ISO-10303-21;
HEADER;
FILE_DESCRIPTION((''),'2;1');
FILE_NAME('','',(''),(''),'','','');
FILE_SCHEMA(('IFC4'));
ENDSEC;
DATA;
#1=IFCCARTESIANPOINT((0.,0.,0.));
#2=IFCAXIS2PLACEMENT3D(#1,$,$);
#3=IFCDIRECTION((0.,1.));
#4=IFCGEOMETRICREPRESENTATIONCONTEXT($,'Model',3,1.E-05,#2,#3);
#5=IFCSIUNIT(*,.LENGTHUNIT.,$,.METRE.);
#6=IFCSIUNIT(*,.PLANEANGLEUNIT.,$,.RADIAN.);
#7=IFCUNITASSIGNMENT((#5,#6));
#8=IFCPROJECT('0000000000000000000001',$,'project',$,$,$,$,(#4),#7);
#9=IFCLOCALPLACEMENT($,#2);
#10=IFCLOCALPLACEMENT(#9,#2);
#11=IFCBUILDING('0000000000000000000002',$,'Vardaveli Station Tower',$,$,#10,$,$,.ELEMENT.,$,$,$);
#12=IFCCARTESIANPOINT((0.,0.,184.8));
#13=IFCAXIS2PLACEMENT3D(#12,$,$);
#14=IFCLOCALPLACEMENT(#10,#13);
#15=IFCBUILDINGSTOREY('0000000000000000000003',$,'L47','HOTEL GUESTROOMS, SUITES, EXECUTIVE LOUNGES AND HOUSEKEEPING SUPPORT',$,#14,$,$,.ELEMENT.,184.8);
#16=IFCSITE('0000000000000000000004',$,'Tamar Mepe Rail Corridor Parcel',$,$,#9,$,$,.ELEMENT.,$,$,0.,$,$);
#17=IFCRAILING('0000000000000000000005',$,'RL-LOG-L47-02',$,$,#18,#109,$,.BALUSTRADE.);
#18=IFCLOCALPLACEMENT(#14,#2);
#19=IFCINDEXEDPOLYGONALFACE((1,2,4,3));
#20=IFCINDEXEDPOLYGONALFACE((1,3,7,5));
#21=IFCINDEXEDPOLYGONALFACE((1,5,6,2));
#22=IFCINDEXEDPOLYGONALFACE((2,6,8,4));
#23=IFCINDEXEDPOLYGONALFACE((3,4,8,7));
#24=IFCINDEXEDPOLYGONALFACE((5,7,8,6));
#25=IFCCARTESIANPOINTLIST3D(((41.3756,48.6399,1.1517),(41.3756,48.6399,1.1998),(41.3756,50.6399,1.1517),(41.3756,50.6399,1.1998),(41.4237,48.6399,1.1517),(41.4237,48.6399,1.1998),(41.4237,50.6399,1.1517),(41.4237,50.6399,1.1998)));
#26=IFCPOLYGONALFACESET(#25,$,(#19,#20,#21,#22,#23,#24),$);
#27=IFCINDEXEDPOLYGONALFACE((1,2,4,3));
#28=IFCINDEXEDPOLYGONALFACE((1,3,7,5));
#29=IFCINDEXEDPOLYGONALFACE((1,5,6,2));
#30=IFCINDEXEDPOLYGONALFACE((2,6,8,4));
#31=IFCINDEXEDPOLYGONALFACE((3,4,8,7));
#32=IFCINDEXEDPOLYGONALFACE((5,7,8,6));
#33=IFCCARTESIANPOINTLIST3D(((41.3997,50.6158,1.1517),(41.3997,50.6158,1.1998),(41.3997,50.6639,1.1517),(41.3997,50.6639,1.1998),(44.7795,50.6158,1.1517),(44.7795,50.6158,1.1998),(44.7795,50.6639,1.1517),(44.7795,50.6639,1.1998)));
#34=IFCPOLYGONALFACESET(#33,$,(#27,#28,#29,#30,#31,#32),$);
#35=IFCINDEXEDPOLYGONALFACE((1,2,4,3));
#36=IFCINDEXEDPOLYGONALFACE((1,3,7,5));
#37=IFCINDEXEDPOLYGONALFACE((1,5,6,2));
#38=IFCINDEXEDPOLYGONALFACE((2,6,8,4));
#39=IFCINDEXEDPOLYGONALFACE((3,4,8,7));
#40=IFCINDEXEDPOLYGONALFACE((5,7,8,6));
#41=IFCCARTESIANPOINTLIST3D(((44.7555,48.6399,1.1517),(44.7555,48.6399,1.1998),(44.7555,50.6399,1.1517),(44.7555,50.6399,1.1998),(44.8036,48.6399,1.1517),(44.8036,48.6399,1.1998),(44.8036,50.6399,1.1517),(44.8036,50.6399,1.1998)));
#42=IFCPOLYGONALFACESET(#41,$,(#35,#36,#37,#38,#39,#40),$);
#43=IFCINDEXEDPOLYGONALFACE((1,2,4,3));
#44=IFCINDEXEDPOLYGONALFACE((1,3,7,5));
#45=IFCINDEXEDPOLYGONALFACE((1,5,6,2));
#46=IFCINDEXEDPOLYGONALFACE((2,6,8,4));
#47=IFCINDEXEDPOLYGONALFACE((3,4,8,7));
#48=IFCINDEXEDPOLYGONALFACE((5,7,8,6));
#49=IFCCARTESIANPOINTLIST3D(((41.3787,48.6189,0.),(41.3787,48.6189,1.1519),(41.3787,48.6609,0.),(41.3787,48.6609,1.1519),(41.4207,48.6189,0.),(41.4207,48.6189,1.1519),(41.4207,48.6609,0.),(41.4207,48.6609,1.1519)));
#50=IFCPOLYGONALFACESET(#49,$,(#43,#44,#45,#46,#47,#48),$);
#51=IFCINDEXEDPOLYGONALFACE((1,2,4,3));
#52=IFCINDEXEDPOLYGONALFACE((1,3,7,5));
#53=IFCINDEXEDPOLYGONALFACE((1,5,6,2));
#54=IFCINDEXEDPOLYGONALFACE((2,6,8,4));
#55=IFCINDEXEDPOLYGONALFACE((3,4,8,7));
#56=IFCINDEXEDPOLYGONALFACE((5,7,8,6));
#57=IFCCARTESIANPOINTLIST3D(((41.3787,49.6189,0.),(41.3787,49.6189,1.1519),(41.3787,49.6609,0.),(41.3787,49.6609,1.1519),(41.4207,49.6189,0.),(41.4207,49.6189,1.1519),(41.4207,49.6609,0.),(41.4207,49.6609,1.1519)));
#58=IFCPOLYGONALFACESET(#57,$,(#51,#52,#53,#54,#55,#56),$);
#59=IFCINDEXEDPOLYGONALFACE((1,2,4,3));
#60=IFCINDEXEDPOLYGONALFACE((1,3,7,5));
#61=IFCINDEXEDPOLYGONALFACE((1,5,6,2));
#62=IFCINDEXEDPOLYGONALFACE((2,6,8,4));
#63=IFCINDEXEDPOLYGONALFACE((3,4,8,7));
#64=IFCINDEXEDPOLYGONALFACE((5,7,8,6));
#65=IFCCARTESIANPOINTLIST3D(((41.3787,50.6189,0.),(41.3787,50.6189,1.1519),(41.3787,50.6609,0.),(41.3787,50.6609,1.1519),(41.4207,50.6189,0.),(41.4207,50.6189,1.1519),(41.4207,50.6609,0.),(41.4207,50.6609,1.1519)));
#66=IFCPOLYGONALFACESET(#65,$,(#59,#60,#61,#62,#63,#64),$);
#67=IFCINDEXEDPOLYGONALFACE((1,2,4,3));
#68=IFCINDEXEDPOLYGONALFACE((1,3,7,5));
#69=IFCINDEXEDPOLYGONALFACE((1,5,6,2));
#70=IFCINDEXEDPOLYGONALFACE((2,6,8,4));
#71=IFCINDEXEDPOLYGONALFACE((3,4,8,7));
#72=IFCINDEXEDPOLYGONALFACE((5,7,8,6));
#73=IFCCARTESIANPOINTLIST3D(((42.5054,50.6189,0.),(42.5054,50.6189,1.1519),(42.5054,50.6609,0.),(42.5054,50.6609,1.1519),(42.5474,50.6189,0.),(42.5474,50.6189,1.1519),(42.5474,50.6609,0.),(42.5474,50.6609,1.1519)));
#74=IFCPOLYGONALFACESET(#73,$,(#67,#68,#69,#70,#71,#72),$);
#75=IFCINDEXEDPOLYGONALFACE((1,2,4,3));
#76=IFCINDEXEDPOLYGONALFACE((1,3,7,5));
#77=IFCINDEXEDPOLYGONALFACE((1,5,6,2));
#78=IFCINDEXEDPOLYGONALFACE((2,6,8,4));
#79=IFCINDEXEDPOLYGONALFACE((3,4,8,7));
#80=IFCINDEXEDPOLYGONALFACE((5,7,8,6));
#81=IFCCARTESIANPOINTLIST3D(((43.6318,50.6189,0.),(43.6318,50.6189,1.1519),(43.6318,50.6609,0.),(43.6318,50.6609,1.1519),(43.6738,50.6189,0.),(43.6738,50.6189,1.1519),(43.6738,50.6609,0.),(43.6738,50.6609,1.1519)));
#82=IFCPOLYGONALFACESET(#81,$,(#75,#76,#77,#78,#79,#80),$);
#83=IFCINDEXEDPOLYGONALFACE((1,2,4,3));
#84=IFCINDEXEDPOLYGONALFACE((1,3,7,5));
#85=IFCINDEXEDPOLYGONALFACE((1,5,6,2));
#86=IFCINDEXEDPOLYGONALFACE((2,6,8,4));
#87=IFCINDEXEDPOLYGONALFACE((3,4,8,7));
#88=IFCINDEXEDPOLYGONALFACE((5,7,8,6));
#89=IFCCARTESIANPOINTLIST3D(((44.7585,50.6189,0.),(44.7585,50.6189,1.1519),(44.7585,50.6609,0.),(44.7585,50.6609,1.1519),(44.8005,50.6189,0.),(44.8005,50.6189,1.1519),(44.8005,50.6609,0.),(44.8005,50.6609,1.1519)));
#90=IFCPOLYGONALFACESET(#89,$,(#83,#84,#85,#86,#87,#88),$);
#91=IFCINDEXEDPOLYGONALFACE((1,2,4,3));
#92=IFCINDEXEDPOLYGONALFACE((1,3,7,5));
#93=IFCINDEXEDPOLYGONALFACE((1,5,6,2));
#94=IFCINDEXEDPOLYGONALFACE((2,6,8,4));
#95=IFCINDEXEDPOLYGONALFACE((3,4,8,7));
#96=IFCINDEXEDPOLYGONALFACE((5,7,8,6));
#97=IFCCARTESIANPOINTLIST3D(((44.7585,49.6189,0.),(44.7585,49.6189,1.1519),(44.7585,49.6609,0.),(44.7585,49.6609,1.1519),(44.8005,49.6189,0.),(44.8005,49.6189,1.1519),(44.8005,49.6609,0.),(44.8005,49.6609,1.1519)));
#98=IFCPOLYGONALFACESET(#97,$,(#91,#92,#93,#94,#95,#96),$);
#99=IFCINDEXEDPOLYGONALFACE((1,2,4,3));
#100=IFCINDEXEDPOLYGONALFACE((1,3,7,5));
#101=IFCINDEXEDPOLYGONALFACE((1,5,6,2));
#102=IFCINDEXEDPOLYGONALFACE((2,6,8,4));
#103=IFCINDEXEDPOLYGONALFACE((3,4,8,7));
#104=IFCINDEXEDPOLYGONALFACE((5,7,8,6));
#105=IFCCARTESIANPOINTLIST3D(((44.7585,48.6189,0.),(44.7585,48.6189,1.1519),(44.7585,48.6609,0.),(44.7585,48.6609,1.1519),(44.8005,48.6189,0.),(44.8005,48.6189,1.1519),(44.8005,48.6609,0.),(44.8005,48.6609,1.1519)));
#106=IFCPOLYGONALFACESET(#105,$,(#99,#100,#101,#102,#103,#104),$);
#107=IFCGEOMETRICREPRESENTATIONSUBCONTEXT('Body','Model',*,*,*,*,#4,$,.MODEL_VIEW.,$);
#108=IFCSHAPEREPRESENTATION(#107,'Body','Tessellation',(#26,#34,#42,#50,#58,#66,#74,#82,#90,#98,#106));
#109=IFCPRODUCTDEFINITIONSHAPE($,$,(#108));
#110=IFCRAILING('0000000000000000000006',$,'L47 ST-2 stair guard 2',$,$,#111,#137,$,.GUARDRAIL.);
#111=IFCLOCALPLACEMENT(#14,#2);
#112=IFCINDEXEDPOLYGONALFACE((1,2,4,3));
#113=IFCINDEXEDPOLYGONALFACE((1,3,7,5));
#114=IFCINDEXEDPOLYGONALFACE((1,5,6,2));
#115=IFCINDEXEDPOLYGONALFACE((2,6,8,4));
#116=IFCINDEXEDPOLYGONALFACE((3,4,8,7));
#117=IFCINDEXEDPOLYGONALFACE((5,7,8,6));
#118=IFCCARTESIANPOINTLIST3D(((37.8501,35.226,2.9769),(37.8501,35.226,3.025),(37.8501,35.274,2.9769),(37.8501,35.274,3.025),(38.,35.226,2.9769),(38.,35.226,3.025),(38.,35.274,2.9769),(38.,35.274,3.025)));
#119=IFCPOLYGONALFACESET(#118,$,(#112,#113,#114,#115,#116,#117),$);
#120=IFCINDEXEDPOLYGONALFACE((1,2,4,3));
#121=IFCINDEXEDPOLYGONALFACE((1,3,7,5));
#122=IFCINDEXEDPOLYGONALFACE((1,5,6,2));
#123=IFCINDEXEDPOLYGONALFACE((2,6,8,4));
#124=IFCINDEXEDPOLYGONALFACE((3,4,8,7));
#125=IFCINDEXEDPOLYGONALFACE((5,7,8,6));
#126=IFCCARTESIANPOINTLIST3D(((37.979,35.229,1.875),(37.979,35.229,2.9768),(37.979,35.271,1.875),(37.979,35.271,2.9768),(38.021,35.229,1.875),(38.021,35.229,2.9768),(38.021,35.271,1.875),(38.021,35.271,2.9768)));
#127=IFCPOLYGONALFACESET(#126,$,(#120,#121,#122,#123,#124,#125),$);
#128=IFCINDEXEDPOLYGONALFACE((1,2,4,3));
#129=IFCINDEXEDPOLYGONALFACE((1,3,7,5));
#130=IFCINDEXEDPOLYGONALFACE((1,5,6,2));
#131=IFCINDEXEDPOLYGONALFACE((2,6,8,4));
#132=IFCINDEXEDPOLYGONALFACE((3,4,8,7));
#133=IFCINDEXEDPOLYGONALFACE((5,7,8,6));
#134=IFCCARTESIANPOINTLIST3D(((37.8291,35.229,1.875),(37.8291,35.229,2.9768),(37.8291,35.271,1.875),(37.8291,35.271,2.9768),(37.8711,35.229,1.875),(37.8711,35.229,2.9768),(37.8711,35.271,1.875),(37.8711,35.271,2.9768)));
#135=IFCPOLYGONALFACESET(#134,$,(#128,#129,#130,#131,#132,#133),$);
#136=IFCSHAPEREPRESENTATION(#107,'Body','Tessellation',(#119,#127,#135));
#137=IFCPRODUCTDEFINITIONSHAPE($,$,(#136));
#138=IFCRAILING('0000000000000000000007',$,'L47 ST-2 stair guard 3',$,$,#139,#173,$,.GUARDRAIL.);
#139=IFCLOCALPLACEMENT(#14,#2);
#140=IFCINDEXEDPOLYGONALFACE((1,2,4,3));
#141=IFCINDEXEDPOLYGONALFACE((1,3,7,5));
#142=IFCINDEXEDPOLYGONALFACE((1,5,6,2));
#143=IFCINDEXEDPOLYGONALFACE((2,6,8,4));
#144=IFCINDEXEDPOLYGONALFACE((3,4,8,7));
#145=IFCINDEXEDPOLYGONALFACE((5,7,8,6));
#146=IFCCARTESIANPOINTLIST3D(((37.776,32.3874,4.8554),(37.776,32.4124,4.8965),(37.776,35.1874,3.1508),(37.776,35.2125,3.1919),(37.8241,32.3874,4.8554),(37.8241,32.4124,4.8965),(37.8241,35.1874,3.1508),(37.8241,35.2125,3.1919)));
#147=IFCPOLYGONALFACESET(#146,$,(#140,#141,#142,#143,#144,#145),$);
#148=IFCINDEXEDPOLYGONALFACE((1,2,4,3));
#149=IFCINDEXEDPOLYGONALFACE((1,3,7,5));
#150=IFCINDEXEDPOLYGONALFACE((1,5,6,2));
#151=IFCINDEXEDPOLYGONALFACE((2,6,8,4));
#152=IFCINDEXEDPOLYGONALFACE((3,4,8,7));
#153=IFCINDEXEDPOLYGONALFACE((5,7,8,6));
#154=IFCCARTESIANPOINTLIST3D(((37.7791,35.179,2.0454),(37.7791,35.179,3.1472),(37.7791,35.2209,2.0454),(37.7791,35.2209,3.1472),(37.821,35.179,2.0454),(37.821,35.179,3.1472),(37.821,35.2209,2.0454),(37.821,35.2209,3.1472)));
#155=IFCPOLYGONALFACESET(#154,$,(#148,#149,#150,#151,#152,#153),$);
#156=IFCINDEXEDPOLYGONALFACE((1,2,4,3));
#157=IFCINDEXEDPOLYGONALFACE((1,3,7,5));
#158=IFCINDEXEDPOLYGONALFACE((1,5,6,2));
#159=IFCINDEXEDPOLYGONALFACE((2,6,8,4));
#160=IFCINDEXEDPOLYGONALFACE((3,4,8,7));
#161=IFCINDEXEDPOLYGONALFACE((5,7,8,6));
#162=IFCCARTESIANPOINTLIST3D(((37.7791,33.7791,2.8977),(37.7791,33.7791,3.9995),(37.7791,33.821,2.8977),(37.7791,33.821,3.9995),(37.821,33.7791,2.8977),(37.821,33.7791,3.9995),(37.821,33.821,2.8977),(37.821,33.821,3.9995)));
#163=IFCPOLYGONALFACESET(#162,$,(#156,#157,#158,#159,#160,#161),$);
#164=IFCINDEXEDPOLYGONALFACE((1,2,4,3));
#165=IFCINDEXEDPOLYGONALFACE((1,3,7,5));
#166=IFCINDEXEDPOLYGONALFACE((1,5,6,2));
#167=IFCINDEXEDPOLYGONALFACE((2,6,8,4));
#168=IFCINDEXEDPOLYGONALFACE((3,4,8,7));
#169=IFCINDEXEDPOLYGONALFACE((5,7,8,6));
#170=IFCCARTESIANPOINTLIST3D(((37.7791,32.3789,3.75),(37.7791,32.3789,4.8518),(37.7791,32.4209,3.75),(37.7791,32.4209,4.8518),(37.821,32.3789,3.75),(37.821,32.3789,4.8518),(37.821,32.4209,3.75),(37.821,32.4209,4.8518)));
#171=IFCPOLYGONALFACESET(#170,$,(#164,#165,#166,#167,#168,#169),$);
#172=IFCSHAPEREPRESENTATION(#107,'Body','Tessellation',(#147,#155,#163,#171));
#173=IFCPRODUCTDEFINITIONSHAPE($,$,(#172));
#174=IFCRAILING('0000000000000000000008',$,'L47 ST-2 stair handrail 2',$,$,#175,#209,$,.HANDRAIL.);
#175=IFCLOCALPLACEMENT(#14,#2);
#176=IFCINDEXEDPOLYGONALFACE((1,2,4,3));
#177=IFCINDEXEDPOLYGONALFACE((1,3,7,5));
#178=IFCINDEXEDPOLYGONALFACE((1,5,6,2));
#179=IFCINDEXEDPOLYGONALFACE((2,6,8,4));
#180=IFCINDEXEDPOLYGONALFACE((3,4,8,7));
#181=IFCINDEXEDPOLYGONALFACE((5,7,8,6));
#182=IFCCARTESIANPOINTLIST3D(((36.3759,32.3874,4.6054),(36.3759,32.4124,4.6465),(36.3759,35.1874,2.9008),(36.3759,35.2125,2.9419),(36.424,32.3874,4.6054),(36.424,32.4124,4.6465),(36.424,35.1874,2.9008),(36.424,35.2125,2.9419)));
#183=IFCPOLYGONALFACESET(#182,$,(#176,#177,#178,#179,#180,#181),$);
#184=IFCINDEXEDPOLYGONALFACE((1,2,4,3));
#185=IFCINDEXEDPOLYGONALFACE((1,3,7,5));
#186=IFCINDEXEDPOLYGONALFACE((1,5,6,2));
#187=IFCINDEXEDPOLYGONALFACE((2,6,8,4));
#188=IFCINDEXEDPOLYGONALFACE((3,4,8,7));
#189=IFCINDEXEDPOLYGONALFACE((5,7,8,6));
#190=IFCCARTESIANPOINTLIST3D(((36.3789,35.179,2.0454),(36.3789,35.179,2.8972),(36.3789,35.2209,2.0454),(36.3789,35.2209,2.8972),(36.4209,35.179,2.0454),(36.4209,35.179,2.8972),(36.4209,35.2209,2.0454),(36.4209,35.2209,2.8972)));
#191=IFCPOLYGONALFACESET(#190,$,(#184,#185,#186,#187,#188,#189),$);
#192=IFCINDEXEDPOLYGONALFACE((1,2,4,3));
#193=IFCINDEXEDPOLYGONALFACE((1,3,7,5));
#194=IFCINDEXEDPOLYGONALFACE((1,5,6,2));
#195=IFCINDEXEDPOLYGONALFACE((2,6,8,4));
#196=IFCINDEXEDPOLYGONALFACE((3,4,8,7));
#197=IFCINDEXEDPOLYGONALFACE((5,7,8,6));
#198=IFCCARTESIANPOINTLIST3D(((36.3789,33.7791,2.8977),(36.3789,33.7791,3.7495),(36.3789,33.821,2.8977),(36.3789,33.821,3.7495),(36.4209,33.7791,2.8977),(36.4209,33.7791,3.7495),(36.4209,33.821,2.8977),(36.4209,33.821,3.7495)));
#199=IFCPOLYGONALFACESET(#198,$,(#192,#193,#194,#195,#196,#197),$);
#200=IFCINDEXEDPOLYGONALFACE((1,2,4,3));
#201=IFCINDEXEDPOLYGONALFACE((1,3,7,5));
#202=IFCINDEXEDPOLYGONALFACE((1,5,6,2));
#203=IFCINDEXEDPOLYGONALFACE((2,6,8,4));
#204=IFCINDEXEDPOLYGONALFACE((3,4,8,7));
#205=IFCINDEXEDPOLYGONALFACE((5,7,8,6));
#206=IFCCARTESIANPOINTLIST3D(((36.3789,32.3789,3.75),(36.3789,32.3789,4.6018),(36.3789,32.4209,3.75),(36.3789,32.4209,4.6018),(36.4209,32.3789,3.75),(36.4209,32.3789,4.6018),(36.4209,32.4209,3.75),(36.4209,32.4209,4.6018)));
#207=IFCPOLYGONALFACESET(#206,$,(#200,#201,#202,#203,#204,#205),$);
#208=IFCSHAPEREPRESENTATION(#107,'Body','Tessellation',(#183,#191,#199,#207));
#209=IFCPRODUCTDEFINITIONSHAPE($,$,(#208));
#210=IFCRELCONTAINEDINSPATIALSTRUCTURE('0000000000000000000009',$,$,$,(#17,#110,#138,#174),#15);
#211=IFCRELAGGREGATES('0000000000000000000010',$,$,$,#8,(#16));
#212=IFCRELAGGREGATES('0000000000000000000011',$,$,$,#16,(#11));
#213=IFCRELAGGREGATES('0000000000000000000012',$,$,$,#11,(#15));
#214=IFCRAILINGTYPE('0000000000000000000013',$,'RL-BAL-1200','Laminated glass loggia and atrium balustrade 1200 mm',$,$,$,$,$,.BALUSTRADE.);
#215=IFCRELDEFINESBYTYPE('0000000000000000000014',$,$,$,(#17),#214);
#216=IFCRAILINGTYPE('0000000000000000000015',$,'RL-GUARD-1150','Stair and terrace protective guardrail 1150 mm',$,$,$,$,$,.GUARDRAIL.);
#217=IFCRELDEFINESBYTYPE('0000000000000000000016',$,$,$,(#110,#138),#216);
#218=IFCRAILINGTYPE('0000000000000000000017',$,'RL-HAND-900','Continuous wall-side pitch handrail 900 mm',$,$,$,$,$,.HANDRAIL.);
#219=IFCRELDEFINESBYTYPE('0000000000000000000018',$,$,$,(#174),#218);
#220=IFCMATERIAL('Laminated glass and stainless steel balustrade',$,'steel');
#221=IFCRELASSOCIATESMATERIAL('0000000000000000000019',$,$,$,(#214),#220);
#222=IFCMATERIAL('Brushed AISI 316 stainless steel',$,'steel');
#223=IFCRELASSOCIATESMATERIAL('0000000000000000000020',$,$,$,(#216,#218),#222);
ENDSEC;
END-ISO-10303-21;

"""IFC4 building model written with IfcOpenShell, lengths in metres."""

from ifc_helpers import new_model, si_unit, direction, frame, origin, origin_2d, place, context, subcontext, project, spatial, rectangle, extrude, source, transform, mapped, material, type_object, element, save


model = new_model("IFC4")

# Units and contexts
model_context = context("Model", 3, precision=1e-05, world=origin(), true_north=direction((0.0, 1.0)))
body_context = subcontext(model_context, "Body", "Model", "MODEL_VIEW")
ifc_project = project(units=[si_unit("LENGTHUNIT", "METRE"), si_unit("PLANEANGLEUNIT", "RADIAN")], contexts=[model_context])

# Site, building, storey
site_placement = place(None, origin())
site = spatial("IfcSite", under=ifc_project, at=site_placement, Name="Tamar Mepe Rail Corridor Parcel", CompositionType="ELEMENT", RefElevation=0.0)
building_placement = place(site_placement, origin())
building = spatial("IfcBuilding", under=site, at=building_placement, Name="Vardaveli Station Tower", CompositionType="ELEMENT")
storey_placement = place(building_placement, frame((0.0, 0.0, 184.8)))
storey = spatial("IfcBuildingStorey", under=building, at=storey_placement, Name="L47", Description="HOTEL GUESTROOMS, SUITES, EXECUTIVE LOUNGES AND HOUSEKEEPING SUPPORT", CompositionType="ELEMENT", Elevation=184.8)

# Railings
ifc_material_1 = material(Name="Laminated glass and stainless steel balustrade", Category="steel")
railing_type_1 = type_object("IfcRailingType", Name="RL-BAL-1200", Description="Laminated glass loggia and atrium balustrade 1200 mm", PredefinedType="BALUSTRADE", material=ifc_material_1)
shared_shape_1 = source(origin(), body_context, "Body", "SweptSolid", [
    extrude(rectangle(XDim=0.0481, YDim=0.0481, at=origin_2d()), frame((0.0, 0.0, 1.1758), z_axis=(0.0, 1.0, 0.0), x_axis=(-1.0, 0.0, 0.0)), (0.0, 0.0, 1.0), 2.0),
    extrude(rectangle(XDim=0.0481, YDim=0.0481, at=origin_2d()), frame((0.0, 2.0, 1.1758), z_axis=(1.0, 0.0, 0.0), x_axis=(0.0, 1.0, 0.0)), (0.0, 0.0, 1.0), 3.3799),
    extrude(rectangle(XDim=0.0481, YDim=0.0481, at=origin_2d()), frame((3.3799, 2.0, 1.1758), z_axis=(0.0, -1.0, 0.0), x_axis=(1.0, 0.0, 0.0)), (0.0, 0.0, 1.0), 2.0),
    extrude(rectangle(XDim=0.042, YDim=0.042, at=origin_2d()), origin(), (0.0, 0.0, 1.0), 1.1519),
    extrude(rectangle(XDim=0.042, YDim=0.042, at=origin_2d()), frame((0.0, 1.0, 0.0)), (0.0, 0.0, 1.0), 1.1519),
    extrude(rectangle(XDim=0.042, YDim=0.042, at=origin_2d()), frame((0.0, 2.0, 0.0)), (0.0, 0.0, 1.0), 1.1519),
    extrude(rectangle(XDim=0.042, YDim=0.042, at=origin_2d()), frame((1.1267, 2.0, 0.0)), (0.0, 0.0, 1.0), 1.1519),
    extrude(rectangle(XDim=0.042, YDim=0.042, at=origin_2d()), frame((2.2532, 2.0, 0.0)), (0.0, 0.0, 1.0), 1.1519),
    extrude(rectangle(XDim=0.042, YDim=0.042, at=origin_2d()), frame((3.3799, 2.0, 0.0)), (0.0, 0.0, 1.0), 1.1519),
    extrude(rectangle(XDim=0.042, YDim=0.042, at=origin_2d()), frame((3.3799, 1.0, 0.0)), (0.0, 0.0, 1.0), 1.1519),
    extrude(rectangle(XDim=0.042, YDim=0.042, at=origin_2d()), frame((3.3799, 0.0, 0.0)), (0.0, 0.0, 1.0), 1.1519),
])
railing_1_placement = place(storey_placement, frame((41.3997, 48.6399, 0.0)))
element("IfcRailing", 1, at=railing_1_placement, inside=storey, type_object=railing_type_1, Name="RL-LOG-L47-02", PredefinedType="BALUSTRADE", context=body_context, shape_type="MappedRepresentation", body=[
    mapped(shared_shape_1, transform((0.0, 0.0, 0.0), scale=1.0)),
])
ifc_material_2 = material(Name="Brushed AISI 316 stainless steel", Category="steel")
railing_type_2 = type_object("IfcRailingType", Name="RL-GUARD-1150", Description="Stair and terrace protective guardrail 1150 mm", PredefinedType="GUARDRAIL", material=ifc_material_2)
shared_shape_2 = source(origin(), body_context, "Body", "SweptSolid", [
    extrude(rectangle(XDim=0.0481, YDim=0.0481, at=origin_2d()), frame((0.0, 0.0, 1.126), z_axis=(-1.0, 0.0, 0.0), x_axis=(0.0, -1.0, 0.0)), (0.0, 0.0, 1.0), 0.1499),
    extrude(rectangle(XDim=0.042, YDim=0.042, at=origin_2d()), origin(), (0.0, 0.0, 1.0), 1.1018),
    extrude(rectangle(XDim=0.042, YDim=0.042, at=origin_2d()), frame((-0.1499, 0.0, 0.0)), (0.0, 0.0, 1.0), 1.1018),
])
railing_2_placement = place(storey_placement, frame((38.0, 35.25, 1.875)))
element("IfcRailing", 2, at=railing_2_placement, inside=storey, type_object=railing_type_2, Name="L47 ST-2 stair guard 2", PredefinedType="GUARDRAIL", context=body_context, shape_type="MappedRepresentation", body=[
    mapped(shared_shape_2, transform((0.0, 0.0, 0.0), scale=1.0)),
])
shared_shape_3 = source(origin(), body_context, "Body", "SweptSolid", [
    extrude(rectangle(XDim=0.0481, YDim=0.0481, at=origin_2d()), frame((0.0, 0.0, 1.126), z_axis=(0.0, -0.85417, 0.519994), x_axis=(1.0, 0.0, 0.0)), (0.0, 0.0, 1.0), 3.2781),
    extrude(rectangle(XDim=0.042, YDim=0.042, at=origin_2d()), origin(), (0.0, 0.0, 1.0), 1.1018),
    extrude(rectangle(XDim=0.042, YDim=0.042, at=origin_2d()), frame((0.0, -1.3999, 0.8523)), (0.0, 0.0, 1.0), 1.1018),
    extrude(rectangle(XDim=0.042, YDim=0.042, at=origin_2d()), frame((0.0, -2.8, 1.7046)), (0.0, 0.0, 1.0), 1.1018),
])
railing_3_placement = place(storey_placement, frame((37.8, 35.2, 2.0454)))
element("IfcRailing", 3, at=railing_3_placement, inside=storey, type_object=railing_type_2, Name="L47 ST-2 stair guard 3", PredefinedType="GUARDRAIL", context=body_context, shape_type="MappedRepresentation", body=[
    mapped(shared_shape_3, transform((0.0, 0.0, 0.0), scale=1.0)),
])
railing_type_3 = type_object("IfcRailingType", Name="RL-HAND-900", Description="Continuous wall-side pitch handrail 900 mm", PredefinedType="HANDRAIL", material=ifc_material_2)
shared_shape_4 = source(origin(), body_context, "Body", "SweptSolid", [
    extrude(rectangle(XDim=0.0481, YDim=0.0481, at=origin_2d()), frame((0.0, 0.0, 0.876), z_axis=(0.0, -0.85417, 0.519994), x_axis=(1.0, 0.0, 0.0)), (0.0, 0.0, 1.0), 3.2781),
    extrude(rectangle(XDim=0.042, YDim=0.042, at=origin_2d()), origin(), (0.0, 0.0, 1.0), 0.8518),
    extrude(rectangle(XDim=0.042, YDim=0.042, at=origin_2d()), frame((0.0, -1.3999, 0.8523)), (0.0, 0.0, 1.0), 0.8518),
    extrude(rectangle(XDim=0.042, YDim=0.042, at=origin_2d()), frame((0.0, -2.8, 1.7046)), (0.0, 0.0, 1.0), 0.8518),
])
railing_4_placement = place(storey_placement, frame((36.3999, 35.2, 2.0454)))
element("IfcRailing", 4, at=railing_4_placement, inside=storey, type_object=railing_type_3, Name="L47 ST-2 stair handrail 2", PredefinedType="HANDRAIL", context=body_context, shape_type="MappedRepresentation", body=[
    mapped(shared_shape_4, transform((0.0, 0.0, 0.0), scale=1.0)),
])

save(model, "model.ifc")
